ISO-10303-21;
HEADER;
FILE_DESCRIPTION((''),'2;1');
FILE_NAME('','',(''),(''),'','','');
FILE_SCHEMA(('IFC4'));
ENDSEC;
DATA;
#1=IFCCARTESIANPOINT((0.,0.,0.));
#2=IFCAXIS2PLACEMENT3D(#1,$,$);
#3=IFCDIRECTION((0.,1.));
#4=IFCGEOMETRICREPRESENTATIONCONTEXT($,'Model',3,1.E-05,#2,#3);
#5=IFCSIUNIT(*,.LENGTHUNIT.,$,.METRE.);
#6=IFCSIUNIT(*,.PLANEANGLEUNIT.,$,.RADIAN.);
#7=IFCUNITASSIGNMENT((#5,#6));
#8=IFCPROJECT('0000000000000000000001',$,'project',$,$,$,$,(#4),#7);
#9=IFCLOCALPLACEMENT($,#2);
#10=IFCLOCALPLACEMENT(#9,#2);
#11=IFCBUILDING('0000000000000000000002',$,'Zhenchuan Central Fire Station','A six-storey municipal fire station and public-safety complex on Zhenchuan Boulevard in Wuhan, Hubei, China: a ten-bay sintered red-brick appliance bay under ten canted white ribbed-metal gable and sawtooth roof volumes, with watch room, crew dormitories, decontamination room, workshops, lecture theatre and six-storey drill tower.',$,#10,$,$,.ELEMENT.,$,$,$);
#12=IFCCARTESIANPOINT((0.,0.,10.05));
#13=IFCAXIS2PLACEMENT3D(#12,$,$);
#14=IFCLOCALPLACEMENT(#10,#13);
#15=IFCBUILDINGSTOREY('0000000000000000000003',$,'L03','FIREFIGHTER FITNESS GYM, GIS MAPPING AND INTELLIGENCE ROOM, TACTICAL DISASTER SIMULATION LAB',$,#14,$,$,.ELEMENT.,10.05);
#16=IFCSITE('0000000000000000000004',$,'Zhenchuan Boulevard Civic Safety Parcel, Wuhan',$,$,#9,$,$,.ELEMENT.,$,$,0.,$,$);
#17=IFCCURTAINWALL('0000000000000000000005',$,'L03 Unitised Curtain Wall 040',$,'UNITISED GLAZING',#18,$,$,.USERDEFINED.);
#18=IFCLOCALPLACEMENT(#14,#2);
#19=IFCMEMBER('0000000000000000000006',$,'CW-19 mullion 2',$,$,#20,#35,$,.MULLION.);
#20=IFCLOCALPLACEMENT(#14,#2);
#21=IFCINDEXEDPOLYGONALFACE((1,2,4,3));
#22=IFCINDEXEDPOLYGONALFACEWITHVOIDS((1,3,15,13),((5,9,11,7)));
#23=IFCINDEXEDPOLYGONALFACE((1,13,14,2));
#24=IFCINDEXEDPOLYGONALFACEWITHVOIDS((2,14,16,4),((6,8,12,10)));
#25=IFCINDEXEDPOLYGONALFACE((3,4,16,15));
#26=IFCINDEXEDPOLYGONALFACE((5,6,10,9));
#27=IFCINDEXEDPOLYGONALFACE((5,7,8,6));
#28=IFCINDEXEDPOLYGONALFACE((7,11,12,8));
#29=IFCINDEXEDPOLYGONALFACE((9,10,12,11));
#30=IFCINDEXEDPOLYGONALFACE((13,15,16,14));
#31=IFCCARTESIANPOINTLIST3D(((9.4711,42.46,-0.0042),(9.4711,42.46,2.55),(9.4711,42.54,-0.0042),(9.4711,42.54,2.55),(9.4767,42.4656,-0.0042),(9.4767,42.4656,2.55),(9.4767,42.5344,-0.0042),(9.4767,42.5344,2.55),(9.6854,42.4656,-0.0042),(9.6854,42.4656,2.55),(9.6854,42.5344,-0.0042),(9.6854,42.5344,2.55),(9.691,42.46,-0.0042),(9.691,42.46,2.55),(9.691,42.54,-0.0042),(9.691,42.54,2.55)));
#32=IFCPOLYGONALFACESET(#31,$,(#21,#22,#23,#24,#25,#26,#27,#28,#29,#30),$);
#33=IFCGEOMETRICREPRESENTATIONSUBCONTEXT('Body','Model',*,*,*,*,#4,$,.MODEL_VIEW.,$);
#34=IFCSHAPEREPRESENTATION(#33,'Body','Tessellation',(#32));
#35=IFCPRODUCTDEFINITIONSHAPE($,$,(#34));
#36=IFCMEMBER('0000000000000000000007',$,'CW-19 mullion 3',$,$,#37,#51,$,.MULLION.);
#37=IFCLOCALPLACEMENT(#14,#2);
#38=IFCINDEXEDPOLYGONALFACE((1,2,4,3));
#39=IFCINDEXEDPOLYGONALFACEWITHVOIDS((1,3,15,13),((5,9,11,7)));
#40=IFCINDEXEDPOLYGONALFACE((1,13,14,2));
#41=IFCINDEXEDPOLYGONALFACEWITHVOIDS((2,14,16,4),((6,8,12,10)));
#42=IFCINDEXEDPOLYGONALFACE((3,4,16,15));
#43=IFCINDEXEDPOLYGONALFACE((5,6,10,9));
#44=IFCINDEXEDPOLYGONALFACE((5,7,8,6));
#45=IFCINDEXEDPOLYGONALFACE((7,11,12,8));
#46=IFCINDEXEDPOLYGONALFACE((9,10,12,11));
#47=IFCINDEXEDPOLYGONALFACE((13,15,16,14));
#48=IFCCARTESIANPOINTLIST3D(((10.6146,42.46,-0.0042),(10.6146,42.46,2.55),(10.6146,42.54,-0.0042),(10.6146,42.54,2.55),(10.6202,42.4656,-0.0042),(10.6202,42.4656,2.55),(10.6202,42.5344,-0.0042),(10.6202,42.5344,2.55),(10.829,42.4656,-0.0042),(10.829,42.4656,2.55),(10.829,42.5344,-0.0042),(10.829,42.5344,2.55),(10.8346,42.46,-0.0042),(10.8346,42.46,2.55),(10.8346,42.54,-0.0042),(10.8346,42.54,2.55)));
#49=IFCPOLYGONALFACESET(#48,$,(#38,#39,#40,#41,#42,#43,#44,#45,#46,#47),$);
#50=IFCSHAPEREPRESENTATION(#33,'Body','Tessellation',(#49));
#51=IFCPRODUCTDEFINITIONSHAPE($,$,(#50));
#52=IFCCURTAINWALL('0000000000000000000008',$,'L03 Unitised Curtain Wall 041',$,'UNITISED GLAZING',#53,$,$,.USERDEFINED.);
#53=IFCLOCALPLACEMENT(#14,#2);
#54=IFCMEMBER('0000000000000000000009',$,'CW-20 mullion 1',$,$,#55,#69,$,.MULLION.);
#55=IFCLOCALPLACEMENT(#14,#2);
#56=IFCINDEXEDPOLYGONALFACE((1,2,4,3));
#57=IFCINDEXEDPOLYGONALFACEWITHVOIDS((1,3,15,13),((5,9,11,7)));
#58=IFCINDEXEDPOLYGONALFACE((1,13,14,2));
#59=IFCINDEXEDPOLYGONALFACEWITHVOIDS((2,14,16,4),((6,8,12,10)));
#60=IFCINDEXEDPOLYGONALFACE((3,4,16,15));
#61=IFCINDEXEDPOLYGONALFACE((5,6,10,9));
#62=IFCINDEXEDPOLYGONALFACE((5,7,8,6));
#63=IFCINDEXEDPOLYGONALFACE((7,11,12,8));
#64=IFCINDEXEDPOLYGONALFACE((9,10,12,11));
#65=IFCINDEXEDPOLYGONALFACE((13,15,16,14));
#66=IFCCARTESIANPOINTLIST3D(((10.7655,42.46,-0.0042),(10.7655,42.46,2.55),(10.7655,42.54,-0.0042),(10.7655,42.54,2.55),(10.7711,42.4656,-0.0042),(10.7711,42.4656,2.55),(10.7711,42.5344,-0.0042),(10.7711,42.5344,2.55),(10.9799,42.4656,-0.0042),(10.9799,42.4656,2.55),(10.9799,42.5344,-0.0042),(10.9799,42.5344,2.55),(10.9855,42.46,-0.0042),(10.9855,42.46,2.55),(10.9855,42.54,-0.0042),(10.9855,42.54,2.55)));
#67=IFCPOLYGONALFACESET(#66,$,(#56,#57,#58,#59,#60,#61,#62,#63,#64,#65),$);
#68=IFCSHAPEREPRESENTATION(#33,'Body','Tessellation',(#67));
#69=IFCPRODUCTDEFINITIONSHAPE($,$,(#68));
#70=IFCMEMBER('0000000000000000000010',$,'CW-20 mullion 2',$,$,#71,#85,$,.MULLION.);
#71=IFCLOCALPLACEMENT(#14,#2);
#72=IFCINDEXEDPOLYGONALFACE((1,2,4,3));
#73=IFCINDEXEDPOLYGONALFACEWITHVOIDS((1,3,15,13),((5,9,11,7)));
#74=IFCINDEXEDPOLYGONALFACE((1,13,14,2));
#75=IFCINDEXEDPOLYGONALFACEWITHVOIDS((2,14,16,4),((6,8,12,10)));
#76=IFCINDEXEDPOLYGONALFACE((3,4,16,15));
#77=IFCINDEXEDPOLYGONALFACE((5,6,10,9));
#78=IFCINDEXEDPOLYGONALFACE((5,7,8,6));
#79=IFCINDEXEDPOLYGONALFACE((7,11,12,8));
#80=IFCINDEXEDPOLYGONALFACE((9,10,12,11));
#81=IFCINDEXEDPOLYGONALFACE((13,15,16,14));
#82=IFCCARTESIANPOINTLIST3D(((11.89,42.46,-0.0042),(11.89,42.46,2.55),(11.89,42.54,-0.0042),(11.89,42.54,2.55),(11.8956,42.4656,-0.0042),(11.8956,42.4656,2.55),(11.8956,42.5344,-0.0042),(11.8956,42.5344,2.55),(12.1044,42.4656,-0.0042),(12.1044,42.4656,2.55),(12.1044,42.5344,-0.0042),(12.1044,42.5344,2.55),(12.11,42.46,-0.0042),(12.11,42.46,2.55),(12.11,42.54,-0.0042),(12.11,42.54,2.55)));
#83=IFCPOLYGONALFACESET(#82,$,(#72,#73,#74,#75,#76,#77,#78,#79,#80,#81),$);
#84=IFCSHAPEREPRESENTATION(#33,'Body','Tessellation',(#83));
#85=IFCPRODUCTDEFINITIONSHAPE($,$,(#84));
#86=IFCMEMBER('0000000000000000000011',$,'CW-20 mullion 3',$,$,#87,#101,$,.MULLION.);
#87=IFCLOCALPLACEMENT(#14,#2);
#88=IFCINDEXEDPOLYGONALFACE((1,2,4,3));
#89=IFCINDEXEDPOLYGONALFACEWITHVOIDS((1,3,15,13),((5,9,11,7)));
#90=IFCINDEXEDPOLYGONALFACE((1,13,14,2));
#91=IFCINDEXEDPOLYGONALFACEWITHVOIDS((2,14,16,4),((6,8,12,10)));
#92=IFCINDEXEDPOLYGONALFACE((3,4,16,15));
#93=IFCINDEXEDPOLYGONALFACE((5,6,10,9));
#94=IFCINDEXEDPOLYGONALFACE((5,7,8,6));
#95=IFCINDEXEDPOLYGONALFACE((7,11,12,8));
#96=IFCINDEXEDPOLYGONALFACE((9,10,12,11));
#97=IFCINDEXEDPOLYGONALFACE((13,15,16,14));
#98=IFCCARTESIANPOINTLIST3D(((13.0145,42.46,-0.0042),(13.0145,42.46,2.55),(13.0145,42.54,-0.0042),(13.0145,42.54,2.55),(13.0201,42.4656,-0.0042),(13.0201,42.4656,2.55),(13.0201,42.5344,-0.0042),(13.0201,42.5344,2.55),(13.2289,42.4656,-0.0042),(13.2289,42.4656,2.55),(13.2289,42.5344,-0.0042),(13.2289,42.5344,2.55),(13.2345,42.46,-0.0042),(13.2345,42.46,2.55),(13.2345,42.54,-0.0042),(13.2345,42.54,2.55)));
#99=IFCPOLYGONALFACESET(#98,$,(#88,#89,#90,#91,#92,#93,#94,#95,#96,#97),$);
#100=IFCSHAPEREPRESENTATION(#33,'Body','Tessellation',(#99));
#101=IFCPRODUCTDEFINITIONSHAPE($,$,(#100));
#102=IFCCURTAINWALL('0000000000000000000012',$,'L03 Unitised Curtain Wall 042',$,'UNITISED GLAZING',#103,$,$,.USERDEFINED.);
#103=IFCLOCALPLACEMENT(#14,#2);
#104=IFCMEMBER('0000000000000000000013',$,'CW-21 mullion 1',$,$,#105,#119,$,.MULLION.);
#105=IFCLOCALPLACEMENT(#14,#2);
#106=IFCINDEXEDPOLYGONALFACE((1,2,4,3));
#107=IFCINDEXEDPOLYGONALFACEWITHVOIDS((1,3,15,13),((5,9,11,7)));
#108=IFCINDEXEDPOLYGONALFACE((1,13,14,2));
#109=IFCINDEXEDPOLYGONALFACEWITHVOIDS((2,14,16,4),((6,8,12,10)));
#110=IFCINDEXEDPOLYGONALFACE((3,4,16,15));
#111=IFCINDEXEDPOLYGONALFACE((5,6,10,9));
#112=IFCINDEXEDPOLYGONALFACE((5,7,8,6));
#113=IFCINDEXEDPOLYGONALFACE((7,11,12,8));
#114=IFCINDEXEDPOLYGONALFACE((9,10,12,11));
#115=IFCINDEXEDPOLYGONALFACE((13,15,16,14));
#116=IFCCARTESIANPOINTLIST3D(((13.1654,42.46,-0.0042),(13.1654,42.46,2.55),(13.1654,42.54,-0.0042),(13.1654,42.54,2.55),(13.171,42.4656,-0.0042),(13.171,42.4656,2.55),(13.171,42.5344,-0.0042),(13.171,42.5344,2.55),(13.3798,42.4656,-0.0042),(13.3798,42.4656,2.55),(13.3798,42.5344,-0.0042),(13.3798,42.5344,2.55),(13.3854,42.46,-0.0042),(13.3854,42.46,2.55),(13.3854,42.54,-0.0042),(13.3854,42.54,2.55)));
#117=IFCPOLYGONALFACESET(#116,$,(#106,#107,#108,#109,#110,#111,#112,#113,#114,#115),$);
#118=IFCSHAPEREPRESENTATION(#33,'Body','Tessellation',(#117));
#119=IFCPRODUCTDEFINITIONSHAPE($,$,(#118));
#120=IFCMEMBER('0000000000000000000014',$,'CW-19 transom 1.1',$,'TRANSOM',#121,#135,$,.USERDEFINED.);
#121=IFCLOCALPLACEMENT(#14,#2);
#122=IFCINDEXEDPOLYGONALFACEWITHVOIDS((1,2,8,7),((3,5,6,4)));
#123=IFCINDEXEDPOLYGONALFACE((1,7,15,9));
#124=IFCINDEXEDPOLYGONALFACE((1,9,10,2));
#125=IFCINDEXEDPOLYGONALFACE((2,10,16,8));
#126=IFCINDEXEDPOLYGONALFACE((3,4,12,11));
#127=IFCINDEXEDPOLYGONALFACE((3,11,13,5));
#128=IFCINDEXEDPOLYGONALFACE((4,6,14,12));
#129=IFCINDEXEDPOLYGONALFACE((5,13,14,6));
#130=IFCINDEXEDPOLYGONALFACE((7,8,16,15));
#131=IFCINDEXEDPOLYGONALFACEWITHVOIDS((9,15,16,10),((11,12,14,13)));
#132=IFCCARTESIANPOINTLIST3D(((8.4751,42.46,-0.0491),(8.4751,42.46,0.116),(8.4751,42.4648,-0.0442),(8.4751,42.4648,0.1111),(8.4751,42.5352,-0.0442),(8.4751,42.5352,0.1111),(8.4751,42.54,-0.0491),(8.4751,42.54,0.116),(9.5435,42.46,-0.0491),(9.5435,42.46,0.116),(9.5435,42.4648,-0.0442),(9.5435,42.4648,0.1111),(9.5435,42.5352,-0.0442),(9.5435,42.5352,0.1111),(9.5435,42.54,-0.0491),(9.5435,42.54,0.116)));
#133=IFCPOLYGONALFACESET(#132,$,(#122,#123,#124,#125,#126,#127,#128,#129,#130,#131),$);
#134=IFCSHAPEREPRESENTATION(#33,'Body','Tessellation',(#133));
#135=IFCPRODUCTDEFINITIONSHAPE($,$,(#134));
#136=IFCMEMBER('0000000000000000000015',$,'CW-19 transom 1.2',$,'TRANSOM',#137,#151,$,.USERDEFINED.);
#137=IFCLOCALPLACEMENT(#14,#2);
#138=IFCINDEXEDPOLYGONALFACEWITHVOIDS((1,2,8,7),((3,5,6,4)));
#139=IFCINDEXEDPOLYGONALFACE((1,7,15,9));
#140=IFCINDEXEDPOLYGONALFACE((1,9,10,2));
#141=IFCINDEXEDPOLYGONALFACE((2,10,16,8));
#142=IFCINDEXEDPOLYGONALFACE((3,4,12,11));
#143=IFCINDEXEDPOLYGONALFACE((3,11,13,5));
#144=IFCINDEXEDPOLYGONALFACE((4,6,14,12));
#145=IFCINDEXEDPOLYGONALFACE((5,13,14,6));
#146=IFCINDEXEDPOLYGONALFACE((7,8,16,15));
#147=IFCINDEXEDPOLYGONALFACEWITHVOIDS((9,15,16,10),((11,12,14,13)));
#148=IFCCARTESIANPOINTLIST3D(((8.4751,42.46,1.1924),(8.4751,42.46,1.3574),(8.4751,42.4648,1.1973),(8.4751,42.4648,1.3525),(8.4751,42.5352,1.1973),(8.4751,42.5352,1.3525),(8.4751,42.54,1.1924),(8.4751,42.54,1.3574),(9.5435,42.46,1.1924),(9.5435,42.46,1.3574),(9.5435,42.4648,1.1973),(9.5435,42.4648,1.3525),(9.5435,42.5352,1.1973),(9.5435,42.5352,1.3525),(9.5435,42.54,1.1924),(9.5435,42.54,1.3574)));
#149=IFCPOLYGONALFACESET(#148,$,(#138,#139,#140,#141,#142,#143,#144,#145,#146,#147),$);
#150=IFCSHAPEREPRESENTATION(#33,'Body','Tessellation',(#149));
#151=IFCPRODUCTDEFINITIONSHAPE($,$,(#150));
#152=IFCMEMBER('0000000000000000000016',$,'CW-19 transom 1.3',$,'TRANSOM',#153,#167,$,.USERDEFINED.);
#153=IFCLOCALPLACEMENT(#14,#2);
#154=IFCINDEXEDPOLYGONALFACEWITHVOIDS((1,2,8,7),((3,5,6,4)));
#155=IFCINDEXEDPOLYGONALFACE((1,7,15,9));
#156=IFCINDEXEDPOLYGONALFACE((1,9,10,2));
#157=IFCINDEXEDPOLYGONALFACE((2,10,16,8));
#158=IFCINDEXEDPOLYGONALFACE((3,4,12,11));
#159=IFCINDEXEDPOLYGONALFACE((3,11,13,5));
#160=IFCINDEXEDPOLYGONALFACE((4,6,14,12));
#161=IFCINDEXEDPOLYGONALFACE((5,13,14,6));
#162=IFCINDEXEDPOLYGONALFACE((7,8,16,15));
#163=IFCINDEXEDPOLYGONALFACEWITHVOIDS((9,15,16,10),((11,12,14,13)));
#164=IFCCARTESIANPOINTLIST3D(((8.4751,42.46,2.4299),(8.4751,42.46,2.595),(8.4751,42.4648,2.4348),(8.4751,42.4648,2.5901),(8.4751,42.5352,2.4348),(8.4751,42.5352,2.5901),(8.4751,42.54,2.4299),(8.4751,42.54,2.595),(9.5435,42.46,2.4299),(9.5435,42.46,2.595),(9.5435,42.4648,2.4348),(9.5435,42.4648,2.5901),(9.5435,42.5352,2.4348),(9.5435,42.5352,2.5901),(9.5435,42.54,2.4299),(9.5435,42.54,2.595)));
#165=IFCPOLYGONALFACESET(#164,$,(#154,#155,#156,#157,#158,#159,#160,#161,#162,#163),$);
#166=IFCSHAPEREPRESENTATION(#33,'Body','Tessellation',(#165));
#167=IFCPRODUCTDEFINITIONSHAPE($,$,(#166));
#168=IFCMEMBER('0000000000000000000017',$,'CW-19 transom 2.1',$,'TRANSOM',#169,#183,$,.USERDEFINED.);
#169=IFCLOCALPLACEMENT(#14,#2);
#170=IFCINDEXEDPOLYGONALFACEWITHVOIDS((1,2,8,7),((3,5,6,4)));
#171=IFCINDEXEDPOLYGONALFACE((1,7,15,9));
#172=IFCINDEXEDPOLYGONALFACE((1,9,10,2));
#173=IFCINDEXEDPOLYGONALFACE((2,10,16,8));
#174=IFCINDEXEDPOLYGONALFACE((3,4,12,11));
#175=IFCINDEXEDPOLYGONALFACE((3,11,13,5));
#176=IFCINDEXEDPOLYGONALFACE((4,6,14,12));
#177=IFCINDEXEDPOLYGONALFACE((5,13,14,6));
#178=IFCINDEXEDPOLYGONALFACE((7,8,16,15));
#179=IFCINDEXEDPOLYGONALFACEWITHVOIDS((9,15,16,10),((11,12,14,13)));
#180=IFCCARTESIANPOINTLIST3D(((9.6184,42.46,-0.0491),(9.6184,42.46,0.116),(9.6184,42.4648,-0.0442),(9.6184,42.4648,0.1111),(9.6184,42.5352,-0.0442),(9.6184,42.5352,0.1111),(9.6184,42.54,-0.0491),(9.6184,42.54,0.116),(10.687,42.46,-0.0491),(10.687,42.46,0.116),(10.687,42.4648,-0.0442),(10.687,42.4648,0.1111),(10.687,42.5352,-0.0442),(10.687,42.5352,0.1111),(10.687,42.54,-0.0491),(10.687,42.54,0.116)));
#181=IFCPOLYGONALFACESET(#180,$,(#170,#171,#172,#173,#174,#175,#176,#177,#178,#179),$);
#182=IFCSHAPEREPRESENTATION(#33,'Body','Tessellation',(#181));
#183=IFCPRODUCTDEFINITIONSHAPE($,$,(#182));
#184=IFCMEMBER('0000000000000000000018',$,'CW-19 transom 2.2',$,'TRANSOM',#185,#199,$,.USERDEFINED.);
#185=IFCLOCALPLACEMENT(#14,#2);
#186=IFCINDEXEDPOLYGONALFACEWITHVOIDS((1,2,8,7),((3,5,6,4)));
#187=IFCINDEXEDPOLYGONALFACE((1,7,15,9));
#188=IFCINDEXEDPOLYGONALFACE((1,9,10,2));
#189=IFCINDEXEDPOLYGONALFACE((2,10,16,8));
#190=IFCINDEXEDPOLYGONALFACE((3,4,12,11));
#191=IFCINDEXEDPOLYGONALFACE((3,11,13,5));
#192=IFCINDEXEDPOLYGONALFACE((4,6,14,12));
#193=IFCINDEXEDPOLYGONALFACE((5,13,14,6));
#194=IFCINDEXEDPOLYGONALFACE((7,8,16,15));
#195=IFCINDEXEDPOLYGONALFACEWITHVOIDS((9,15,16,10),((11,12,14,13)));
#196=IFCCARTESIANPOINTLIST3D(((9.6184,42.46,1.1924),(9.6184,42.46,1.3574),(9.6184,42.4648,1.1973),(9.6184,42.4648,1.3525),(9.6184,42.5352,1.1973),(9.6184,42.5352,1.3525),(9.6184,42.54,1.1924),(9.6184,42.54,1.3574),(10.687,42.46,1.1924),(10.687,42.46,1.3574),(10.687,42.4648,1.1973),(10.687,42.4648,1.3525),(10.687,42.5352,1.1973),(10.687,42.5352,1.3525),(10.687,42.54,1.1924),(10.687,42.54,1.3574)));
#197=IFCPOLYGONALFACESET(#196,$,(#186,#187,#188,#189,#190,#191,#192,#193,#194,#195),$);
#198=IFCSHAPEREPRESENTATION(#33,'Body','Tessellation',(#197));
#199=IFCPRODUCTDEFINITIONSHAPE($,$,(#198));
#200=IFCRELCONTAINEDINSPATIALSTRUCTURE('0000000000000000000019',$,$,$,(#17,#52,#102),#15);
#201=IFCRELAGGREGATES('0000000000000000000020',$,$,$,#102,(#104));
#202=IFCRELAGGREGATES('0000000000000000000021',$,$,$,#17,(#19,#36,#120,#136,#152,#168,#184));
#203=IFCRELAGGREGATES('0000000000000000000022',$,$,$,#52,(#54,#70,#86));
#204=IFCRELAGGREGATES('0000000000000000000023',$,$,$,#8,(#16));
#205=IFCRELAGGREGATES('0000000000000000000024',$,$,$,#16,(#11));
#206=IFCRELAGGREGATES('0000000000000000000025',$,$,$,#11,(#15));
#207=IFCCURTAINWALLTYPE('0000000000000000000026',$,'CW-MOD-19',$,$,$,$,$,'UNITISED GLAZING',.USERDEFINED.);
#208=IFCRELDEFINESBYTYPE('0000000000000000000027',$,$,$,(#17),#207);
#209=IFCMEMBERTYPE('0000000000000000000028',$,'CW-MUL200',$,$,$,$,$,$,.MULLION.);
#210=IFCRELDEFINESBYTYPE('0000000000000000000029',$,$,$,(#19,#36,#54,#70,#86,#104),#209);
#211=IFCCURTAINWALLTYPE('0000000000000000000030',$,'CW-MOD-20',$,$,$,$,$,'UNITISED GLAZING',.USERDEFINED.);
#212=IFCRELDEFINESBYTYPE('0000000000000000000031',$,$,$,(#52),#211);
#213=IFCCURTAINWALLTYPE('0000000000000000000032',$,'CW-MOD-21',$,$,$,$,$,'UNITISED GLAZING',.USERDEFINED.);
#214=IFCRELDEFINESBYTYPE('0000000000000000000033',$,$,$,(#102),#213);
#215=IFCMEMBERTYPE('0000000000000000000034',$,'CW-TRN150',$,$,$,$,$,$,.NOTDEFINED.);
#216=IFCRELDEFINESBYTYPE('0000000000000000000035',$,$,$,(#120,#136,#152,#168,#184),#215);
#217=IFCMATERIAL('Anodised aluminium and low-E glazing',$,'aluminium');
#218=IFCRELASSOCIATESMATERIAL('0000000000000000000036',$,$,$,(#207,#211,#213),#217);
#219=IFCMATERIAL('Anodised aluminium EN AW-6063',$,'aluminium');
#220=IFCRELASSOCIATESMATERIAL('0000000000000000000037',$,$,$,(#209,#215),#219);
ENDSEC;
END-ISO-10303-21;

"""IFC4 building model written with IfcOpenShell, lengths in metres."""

from ifc_helpers import new_model, si_unit, direction, frame, origin, origin_2d, place, context, subcontext, project, spatial, hollow_rectangle, extrude, material, material_profile, profile_set, type_object, element, aggregate, save


model = new_model("IFC4")

# Units and contexts
model_context = context("Model", 3, precision=1e-05, world=origin(), true_north=direction((0.0, 1.0)))
body_context = subcontext(model_context, "Body", "Model", "MODEL_VIEW")
ifc_project = project(units=[si_unit("LENGTHUNIT", "METRE"), si_unit("PLANEANGLEUNIT", "RADIAN")], contexts=[model_context])

# Site, building, storey
site_placement = place(None, origin())
site = spatial("IfcSite", under=ifc_project, at=site_placement, Name="Zhenchuan Boulevard Civic Safety Parcel, Wuhan", CompositionType="ELEMENT", RefElevation=0.0)
building_placement = place(site_placement, origin())
building = spatial("IfcBuilding", under=site, at=building_placement, Name="Zhenchuan Central Fire Station", Description="A six-storey municipal fire station and public-safety complex on Zhenchuan Boulevard in Wuhan, Hubei, China: a ten-bay sintered red-brick appliance bay under ten canted white ribbed-metal gable and sawtooth roof volumes, with watch room, crew dormitories, decontamination room, workshops, lecture theatre and six-storey drill tower.", CompositionType="ELEMENT")
storey_placement = place(building_placement, frame((0.0, 0.0, 10.05)))
storey = spatial("IfcBuildingStorey", under=building, at=storey_placement, Name="L03", Description="FIREFIGHTER FITNESS GYM, GIS MAPPING AND INTELLIGENCE ROOM, TACTICAL DISASTER SIMULATION LAB", CompositionType="ELEMENT", Elevation=10.05)

# Curtain walls, members
ifc_material_1 = material(Name="Anodised aluminium and low-E glazing", Category="aluminium")
curtain_wall_type_1 = type_object("IfcCurtainWallType", Name="CW-MOD-19", ElementType="UNITISED GLAZING", PredefinedType="USERDEFINED", material=ifc_material_1)
curtain_wall_1_placement = place(storey_placement, origin())
curtain_wall_1 = element("IfcCurtainWall", 1, at=curtain_wall_1_placement, inside=storey, type_object=curtain_wall_type_1, Name="L03 Unitised Curtain Wall 040", ObjectType="UNITISED GLAZING", PredefinedType="USERDEFINED")
ifc_material_2 = material(Name="Anodised aluminium EN AW-6063", Category="aluminium")
ifc_material_profile_1 = material_profile(ifc_material_2, hollow_rectangle(XDim=0.0801, YDim=0.22, WallThickness=0.0056, at=origin_2d()), Name="ALU-M 220x80")
ifc_profile_set_1 = profile_set([ifc_material_profile_1], Name="Anodised aluminium EN AW-6063")
member_type_1 = type_object("IfcMemberType", Name="CW-MUL200", PredefinedType="MULLION", material=ifc_profile_set_1)
member_1_placement = place(storey_placement, frame((9.5811, 42.5, -0.0042), z_axis=(0.0, 0.0, 1.0), x_axis=(0.0, 1.0, 0.0)))
member_1 = element("IfcMember", 2, at=member_1_placement, type_object=member_type_1, Name="CW-19 mullion 2", PredefinedType="MULLION", context=body_context, shape_type="SweptSolid", body=[
    extrude(hollow_rectangle(XDim=0.0801, YDim=0.22, WallThickness=0.0056, at=origin_2d()), origin(), (0.0, 0.0, 1.0), 2.5542),
])
member_2_placement = place(storey_placement, frame((10.7246, 42.5, -0.0042), z_axis=(0.0, 0.0, 1.0), x_axis=(0.0, 1.0, 0.0)))
member_2 = element("IfcMember", 3, at=member_2_placement, type_object=member_type_1, Name="CW-19 mullion 3", PredefinedType="MULLION", context=body_context, shape_type="SweptSolid", body=[
    extrude(hollow_rectangle(XDim=0.0801, YDim=0.22, WallThickness=0.0056, at=origin_2d()), origin(), (0.0, 0.0, 1.0), 2.5542),
])
curtain_wall_type_2 = type_object("IfcCurtainWallType", Name="CW-MOD-20", ElementType="UNITISED GLAZING", PredefinedType="USERDEFINED", material=ifc_material_1)
curtain_wall_2_placement = place(storey_placement, origin())
curtain_wall_2 = element("IfcCurtainWall", 4, at=curtain_wall_2_placement, inside=storey, type_object=curtain_wall_type_2, Name="L03 Unitised Curtain Wall 041", ObjectType="UNITISED GLAZING", PredefinedType="USERDEFINED")
member_3_placement = place(storey_placement, frame((10.8755, 42.5, -0.0042), z_axis=(0.0, 0.0, 1.0), x_axis=(0.0, 1.0, 0.0)))
member_3 = element("IfcMember", 5, at=member_3_placement, type_object=member_type_1, Name="CW-20 mullion 1", PredefinedType="MULLION", context=body_context, shape_type="SweptSolid", body=[
    extrude(hollow_rectangle(XDim=0.0801, YDim=0.22, WallThickness=0.0056, at=origin_2d()), origin(), (0.0, 0.0, 1.0), 2.5542),
])
member_4_placement = place(storey_placement, frame((12.0, 42.5, -0.0042), z_axis=(0.0, 0.0, 1.0), x_axis=(0.0, 1.0, 0.0)))
member_4 = element("IfcMember", 6, at=member_4_placement, type_object=member_type_1, Name="CW-20 mullion 2", PredefinedType="MULLION", context=body_context, shape_type="SweptSolid", body=[
    extrude(hollow_rectangle(XDim=0.0801, YDim=0.22, WallThickness=0.0056, at=origin_2d()), origin(), (0.0, 0.0, 1.0), 2.5542),
])
member_5_placement = place(storey_placement, frame((13.1245, 42.5, -0.0042), z_axis=(0.0, 0.0, 1.0), x_axis=(0.0, 1.0, 0.0)))
member_5 = element("IfcMember", 7, at=member_5_placement, type_object=member_type_1, Name="CW-20 mullion 3", PredefinedType="MULLION", context=body_context, shape_type="SweptSolid", body=[
    extrude(hollow_rectangle(XDim=0.0801, YDim=0.22, WallThickness=0.0056, at=origin_2d()), origin(), (0.0, 0.0, 1.0), 2.5542),
])

# Curtain wall, member
curtain_wall_type_3 = type_object("IfcCurtainWallType", Name="CW-MOD-21", ElementType="UNITISED GLAZING", PredefinedType="USERDEFINED", material=ifc_material_1)
curtain_wall_3_placement = place(storey_placement, origin())
curtain_wall_3 = element("IfcCurtainWall", 8, at=curtain_wall_3_placement, inside=storey, type_object=curtain_wall_type_3, Name="L03 Unitised Curtain Wall 042", ObjectType="UNITISED GLAZING", PredefinedType="USERDEFINED")
member_6_placement = place(storey_placement, frame((13.2754, 42.5, -0.0042), z_axis=(0.0, 0.0, 1.0), x_axis=(0.0, 1.0, 0.0)))
member_6 = element("IfcMember", 9, at=member_6_placement, type_object=member_type_1, Name="CW-21 mullion 1", PredefinedType="MULLION", context=body_context, shape_type="SweptSolid", body=[
    extrude(hollow_rectangle(XDim=0.0801, YDim=0.22, WallThickness=0.0056, at=origin_2d()), origin(), (0.0, 0.0, 1.0), 2.5542),
])

# Members
ifc_material_profile_2 = material_profile(ifc_material_2, hollow_rectangle(XDim=0.0801, YDim=0.165, WallThickness=0.0049, at=origin_2d()), Name="ALU-T 165x80")
ifc_profile_set_2 = profile_set([ifc_material_profile_2], Name="Anodised aluminium EN AW-6063")
member_type_2 = type_object("IfcMemberType", Name="CW-TRN150", PredefinedType="NOTDEFINED", material=ifc_profile_set_2)
member_7_placement = place(storey_placement, frame((8.4751, 42.5, 0.0334), z_axis=(1.0, 0.0, 0.0), x_axis=(0.0, 1.0, 0.0)))
member_7 = element("IfcMember", 10, at=member_7_placement, type_object=member_type_2, Name="CW-19 transom 1.1", ObjectType="TRANSOM", PredefinedType="USERDEFINED", context=body_context, shape_type="SweptSolid", body=[
    extrude(hollow_rectangle(XDim=0.0801, YDim=0.165, WallThickness=0.0049, at=origin_2d()), origin(), (0.0, 0.0, 1.0), 1.0684),
])
member_8_placement = place(storey_placement, frame((8.4751, 42.5, 1.2749), z_axis=(1.0, 0.0, 0.0), x_axis=(0.0, 1.0, 0.0)))
member_8 = element("IfcMember", 11, at=member_8_placement, type_object=member_type_2, Name="CW-19 transom 1.2", ObjectType="TRANSOM", PredefinedType="USERDEFINED", context=body_context, shape_type="SweptSolid", body=[
    extrude(hollow_rectangle(XDim=0.0801, YDim=0.165, WallThickness=0.0049, at=origin_2d()), origin(), (0.0, 0.0, 1.0), 1.0684),
])
member_9_placement = place(storey_placement, frame((8.4751, 42.5, 2.5125), z_axis=(1.0, 0.0, 0.0), x_axis=(0.0, 1.0, 0.0)))
member_9 = element("IfcMember", 12, at=member_9_placement, type_object=member_type_2, Name="CW-19 transom 1.3", ObjectType="TRANSOM", PredefinedType="USERDEFINED", context=body_context, shape_type="SweptSolid", body=[
    extrude(hollow_rectangle(XDim=0.0801, YDim=0.165, WallThickness=0.0049, at=origin_2d()), origin(), (0.0, 0.0, 1.0), 1.0684),
])
member_10_placement = place(storey_placement, frame((9.6184, 42.5, 0.0334), z_axis=(1.0, 0.0, 0.0), x_axis=(0.0, 1.0, 0.0)))
member_10 = element("IfcMember", 13, at=member_10_placement, type_object=member_type_2, Name="CW-19 transom 2.1", ObjectType="TRANSOM", PredefinedType="USERDEFINED", context=body_context, shape_type="SweptSolid", body=[
    extrude(hollow_rectangle(XDim=0.0801, YDim=0.165, WallThickness=0.0049, at=origin_2d()), origin(), (0.0, 0.0, 1.0), 1.0686),
])
member_11_placement = place(storey_placement, frame((9.6184, 42.5, 1.2749), z_axis=(1.0, 0.0, 0.0), x_axis=(0.0, 1.0, 0.0)))
member_11 = element("IfcMember", 14, at=member_11_placement, type_object=member_type_2, Name="CW-19 transom 2.2", ObjectType="TRANSOM", PredefinedType="USERDEFINED", context=body_context, shape_type="SweptSolid", body=[
    extrude(hollow_rectangle(XDim=0.0801, YDim=0.165, WallThickness=0.0049, at=origin_2d()), origin(), (0.0, 0.0, 1.0), 1.0686),
])
aggregate(curtain_wall_3, [member_6])

aggregate(curtain_wall_1, [member_1, member_2, member_7, member_8, member_9, member_10, member_11])
aggregate(curtain_wall_2, [member_3, member_4, member_5])

save(model, "model.ifc")
